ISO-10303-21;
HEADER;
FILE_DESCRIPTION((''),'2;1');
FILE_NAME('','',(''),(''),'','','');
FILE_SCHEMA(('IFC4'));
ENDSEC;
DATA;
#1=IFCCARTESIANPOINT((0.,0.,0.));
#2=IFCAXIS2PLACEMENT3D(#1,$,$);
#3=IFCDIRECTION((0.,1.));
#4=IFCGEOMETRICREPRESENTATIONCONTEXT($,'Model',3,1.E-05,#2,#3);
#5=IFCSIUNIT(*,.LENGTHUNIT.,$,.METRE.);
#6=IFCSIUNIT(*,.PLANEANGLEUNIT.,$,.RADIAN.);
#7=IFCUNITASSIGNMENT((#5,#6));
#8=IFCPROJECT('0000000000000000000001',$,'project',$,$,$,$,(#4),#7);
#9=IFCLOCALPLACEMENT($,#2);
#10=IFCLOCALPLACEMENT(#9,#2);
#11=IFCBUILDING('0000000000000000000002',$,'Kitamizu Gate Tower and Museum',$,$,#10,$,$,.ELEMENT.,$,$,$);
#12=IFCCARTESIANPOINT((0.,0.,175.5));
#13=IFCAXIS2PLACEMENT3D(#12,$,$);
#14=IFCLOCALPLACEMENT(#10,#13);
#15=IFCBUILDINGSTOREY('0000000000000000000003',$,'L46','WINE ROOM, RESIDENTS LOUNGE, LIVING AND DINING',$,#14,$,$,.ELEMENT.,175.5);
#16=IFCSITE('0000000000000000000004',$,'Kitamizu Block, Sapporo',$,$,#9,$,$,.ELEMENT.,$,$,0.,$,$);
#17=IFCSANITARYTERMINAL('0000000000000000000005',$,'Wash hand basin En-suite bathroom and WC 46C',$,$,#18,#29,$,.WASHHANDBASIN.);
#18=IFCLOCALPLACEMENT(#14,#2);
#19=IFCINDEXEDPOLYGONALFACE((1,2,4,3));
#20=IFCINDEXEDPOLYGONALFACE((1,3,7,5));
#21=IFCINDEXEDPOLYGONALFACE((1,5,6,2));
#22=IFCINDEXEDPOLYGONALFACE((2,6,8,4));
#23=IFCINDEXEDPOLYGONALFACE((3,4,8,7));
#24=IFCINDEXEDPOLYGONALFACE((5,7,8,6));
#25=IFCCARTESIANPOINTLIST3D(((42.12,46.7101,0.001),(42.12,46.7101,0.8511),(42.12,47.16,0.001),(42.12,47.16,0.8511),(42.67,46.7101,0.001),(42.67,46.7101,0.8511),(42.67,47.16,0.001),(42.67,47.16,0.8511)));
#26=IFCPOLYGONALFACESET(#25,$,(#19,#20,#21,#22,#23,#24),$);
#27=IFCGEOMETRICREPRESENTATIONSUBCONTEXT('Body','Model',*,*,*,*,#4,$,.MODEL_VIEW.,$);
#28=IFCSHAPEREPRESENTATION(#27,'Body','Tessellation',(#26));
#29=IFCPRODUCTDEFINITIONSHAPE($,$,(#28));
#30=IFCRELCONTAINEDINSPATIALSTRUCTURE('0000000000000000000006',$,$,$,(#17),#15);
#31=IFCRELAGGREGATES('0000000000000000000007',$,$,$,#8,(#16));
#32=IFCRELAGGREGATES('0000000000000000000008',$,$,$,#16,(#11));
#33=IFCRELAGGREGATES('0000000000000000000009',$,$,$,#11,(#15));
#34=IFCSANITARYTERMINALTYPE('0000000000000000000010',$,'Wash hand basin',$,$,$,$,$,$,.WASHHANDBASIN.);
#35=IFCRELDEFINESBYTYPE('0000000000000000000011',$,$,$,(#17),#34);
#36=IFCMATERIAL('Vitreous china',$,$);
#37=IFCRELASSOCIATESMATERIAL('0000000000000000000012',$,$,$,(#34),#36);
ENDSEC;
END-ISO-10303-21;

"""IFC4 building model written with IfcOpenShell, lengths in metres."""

from ifc_helpers import new_model, si_unit, direction, frame, origin, origin_2d, place, context, subcontext, project, spatial, rectangle, extrude, material, type_object, element, save


model = new_model("IFC4")

# Units and contexts
model_context = context("Model", 3, precision=1e-05, world=origin(), true_north=direction((0.0, 1.0)))
body_context = subcontext(model_context, "Body", "Model", "MODEL_VIEW")
ifc_project = project(units=[si_unit("LENGTHUNIT", "METRE"), si_unit("PLANEANGLEUNIT", "RADIAN")], contexts=[model_context])

# Site, building, storey
site_placement = place(None, origin())
site = spatial("IfcSite", under=ifc_project, at=site_placement, Name="Kitamizu Block, Sapporo", CompositionType="ELEMENT", RefElevation=0.0)
building_placement = place(site_placement, origin())
building = spatial("IfcBuilding", under=site, at=building_placement, Name="Kitamizu Gate Tower and Museum", CompositionType="ELEMENT")
storey_placement = place(building_placement, frame((0.0, 0.0, 175.5)))
storey = spatial("IfcBuildingStorey", under=building, at=storey_placement, Name="L46", Description="WINE ROOM, RESIDENTS LOUNGE, LIVING AND DINING", CompositionType="ELEMENT", Elevation=175.5)

# Sanitary terminal
ifc_material_1 = material(Name="Vitreous china")
sanitary_terminal_type = type_object("IfcSanitaryTerminalType", Name="Wash hand basin", PredefinedType="WASHHANDBASIN", material=ifc_material_1)
sanitary_terminal_placement = place(storey_placement, frame((42.395, 46.9351, 0.001), z_axis=(0.0, 0.0, 1.0), x_axis=(1.0, 0.0, 0.0)))
element("IfcSanitaryTerminal", 1, at=sanitary_terminal_placement, inside=storey, type_object=sanitary_terminal_type, Name="Wash hand basin En-suite bathroom and WC 46C", PredefinedType="WASHHANDBASIN", context=body_context, shape_type="SweptSolid", body=[
    extrude(rectangle(XDim=0.55, YDim=0.45, at=origin_2d()), origin(), (0.0, 0.0, 1.0), 0.8501),
])

save(model, "model.ifc")
